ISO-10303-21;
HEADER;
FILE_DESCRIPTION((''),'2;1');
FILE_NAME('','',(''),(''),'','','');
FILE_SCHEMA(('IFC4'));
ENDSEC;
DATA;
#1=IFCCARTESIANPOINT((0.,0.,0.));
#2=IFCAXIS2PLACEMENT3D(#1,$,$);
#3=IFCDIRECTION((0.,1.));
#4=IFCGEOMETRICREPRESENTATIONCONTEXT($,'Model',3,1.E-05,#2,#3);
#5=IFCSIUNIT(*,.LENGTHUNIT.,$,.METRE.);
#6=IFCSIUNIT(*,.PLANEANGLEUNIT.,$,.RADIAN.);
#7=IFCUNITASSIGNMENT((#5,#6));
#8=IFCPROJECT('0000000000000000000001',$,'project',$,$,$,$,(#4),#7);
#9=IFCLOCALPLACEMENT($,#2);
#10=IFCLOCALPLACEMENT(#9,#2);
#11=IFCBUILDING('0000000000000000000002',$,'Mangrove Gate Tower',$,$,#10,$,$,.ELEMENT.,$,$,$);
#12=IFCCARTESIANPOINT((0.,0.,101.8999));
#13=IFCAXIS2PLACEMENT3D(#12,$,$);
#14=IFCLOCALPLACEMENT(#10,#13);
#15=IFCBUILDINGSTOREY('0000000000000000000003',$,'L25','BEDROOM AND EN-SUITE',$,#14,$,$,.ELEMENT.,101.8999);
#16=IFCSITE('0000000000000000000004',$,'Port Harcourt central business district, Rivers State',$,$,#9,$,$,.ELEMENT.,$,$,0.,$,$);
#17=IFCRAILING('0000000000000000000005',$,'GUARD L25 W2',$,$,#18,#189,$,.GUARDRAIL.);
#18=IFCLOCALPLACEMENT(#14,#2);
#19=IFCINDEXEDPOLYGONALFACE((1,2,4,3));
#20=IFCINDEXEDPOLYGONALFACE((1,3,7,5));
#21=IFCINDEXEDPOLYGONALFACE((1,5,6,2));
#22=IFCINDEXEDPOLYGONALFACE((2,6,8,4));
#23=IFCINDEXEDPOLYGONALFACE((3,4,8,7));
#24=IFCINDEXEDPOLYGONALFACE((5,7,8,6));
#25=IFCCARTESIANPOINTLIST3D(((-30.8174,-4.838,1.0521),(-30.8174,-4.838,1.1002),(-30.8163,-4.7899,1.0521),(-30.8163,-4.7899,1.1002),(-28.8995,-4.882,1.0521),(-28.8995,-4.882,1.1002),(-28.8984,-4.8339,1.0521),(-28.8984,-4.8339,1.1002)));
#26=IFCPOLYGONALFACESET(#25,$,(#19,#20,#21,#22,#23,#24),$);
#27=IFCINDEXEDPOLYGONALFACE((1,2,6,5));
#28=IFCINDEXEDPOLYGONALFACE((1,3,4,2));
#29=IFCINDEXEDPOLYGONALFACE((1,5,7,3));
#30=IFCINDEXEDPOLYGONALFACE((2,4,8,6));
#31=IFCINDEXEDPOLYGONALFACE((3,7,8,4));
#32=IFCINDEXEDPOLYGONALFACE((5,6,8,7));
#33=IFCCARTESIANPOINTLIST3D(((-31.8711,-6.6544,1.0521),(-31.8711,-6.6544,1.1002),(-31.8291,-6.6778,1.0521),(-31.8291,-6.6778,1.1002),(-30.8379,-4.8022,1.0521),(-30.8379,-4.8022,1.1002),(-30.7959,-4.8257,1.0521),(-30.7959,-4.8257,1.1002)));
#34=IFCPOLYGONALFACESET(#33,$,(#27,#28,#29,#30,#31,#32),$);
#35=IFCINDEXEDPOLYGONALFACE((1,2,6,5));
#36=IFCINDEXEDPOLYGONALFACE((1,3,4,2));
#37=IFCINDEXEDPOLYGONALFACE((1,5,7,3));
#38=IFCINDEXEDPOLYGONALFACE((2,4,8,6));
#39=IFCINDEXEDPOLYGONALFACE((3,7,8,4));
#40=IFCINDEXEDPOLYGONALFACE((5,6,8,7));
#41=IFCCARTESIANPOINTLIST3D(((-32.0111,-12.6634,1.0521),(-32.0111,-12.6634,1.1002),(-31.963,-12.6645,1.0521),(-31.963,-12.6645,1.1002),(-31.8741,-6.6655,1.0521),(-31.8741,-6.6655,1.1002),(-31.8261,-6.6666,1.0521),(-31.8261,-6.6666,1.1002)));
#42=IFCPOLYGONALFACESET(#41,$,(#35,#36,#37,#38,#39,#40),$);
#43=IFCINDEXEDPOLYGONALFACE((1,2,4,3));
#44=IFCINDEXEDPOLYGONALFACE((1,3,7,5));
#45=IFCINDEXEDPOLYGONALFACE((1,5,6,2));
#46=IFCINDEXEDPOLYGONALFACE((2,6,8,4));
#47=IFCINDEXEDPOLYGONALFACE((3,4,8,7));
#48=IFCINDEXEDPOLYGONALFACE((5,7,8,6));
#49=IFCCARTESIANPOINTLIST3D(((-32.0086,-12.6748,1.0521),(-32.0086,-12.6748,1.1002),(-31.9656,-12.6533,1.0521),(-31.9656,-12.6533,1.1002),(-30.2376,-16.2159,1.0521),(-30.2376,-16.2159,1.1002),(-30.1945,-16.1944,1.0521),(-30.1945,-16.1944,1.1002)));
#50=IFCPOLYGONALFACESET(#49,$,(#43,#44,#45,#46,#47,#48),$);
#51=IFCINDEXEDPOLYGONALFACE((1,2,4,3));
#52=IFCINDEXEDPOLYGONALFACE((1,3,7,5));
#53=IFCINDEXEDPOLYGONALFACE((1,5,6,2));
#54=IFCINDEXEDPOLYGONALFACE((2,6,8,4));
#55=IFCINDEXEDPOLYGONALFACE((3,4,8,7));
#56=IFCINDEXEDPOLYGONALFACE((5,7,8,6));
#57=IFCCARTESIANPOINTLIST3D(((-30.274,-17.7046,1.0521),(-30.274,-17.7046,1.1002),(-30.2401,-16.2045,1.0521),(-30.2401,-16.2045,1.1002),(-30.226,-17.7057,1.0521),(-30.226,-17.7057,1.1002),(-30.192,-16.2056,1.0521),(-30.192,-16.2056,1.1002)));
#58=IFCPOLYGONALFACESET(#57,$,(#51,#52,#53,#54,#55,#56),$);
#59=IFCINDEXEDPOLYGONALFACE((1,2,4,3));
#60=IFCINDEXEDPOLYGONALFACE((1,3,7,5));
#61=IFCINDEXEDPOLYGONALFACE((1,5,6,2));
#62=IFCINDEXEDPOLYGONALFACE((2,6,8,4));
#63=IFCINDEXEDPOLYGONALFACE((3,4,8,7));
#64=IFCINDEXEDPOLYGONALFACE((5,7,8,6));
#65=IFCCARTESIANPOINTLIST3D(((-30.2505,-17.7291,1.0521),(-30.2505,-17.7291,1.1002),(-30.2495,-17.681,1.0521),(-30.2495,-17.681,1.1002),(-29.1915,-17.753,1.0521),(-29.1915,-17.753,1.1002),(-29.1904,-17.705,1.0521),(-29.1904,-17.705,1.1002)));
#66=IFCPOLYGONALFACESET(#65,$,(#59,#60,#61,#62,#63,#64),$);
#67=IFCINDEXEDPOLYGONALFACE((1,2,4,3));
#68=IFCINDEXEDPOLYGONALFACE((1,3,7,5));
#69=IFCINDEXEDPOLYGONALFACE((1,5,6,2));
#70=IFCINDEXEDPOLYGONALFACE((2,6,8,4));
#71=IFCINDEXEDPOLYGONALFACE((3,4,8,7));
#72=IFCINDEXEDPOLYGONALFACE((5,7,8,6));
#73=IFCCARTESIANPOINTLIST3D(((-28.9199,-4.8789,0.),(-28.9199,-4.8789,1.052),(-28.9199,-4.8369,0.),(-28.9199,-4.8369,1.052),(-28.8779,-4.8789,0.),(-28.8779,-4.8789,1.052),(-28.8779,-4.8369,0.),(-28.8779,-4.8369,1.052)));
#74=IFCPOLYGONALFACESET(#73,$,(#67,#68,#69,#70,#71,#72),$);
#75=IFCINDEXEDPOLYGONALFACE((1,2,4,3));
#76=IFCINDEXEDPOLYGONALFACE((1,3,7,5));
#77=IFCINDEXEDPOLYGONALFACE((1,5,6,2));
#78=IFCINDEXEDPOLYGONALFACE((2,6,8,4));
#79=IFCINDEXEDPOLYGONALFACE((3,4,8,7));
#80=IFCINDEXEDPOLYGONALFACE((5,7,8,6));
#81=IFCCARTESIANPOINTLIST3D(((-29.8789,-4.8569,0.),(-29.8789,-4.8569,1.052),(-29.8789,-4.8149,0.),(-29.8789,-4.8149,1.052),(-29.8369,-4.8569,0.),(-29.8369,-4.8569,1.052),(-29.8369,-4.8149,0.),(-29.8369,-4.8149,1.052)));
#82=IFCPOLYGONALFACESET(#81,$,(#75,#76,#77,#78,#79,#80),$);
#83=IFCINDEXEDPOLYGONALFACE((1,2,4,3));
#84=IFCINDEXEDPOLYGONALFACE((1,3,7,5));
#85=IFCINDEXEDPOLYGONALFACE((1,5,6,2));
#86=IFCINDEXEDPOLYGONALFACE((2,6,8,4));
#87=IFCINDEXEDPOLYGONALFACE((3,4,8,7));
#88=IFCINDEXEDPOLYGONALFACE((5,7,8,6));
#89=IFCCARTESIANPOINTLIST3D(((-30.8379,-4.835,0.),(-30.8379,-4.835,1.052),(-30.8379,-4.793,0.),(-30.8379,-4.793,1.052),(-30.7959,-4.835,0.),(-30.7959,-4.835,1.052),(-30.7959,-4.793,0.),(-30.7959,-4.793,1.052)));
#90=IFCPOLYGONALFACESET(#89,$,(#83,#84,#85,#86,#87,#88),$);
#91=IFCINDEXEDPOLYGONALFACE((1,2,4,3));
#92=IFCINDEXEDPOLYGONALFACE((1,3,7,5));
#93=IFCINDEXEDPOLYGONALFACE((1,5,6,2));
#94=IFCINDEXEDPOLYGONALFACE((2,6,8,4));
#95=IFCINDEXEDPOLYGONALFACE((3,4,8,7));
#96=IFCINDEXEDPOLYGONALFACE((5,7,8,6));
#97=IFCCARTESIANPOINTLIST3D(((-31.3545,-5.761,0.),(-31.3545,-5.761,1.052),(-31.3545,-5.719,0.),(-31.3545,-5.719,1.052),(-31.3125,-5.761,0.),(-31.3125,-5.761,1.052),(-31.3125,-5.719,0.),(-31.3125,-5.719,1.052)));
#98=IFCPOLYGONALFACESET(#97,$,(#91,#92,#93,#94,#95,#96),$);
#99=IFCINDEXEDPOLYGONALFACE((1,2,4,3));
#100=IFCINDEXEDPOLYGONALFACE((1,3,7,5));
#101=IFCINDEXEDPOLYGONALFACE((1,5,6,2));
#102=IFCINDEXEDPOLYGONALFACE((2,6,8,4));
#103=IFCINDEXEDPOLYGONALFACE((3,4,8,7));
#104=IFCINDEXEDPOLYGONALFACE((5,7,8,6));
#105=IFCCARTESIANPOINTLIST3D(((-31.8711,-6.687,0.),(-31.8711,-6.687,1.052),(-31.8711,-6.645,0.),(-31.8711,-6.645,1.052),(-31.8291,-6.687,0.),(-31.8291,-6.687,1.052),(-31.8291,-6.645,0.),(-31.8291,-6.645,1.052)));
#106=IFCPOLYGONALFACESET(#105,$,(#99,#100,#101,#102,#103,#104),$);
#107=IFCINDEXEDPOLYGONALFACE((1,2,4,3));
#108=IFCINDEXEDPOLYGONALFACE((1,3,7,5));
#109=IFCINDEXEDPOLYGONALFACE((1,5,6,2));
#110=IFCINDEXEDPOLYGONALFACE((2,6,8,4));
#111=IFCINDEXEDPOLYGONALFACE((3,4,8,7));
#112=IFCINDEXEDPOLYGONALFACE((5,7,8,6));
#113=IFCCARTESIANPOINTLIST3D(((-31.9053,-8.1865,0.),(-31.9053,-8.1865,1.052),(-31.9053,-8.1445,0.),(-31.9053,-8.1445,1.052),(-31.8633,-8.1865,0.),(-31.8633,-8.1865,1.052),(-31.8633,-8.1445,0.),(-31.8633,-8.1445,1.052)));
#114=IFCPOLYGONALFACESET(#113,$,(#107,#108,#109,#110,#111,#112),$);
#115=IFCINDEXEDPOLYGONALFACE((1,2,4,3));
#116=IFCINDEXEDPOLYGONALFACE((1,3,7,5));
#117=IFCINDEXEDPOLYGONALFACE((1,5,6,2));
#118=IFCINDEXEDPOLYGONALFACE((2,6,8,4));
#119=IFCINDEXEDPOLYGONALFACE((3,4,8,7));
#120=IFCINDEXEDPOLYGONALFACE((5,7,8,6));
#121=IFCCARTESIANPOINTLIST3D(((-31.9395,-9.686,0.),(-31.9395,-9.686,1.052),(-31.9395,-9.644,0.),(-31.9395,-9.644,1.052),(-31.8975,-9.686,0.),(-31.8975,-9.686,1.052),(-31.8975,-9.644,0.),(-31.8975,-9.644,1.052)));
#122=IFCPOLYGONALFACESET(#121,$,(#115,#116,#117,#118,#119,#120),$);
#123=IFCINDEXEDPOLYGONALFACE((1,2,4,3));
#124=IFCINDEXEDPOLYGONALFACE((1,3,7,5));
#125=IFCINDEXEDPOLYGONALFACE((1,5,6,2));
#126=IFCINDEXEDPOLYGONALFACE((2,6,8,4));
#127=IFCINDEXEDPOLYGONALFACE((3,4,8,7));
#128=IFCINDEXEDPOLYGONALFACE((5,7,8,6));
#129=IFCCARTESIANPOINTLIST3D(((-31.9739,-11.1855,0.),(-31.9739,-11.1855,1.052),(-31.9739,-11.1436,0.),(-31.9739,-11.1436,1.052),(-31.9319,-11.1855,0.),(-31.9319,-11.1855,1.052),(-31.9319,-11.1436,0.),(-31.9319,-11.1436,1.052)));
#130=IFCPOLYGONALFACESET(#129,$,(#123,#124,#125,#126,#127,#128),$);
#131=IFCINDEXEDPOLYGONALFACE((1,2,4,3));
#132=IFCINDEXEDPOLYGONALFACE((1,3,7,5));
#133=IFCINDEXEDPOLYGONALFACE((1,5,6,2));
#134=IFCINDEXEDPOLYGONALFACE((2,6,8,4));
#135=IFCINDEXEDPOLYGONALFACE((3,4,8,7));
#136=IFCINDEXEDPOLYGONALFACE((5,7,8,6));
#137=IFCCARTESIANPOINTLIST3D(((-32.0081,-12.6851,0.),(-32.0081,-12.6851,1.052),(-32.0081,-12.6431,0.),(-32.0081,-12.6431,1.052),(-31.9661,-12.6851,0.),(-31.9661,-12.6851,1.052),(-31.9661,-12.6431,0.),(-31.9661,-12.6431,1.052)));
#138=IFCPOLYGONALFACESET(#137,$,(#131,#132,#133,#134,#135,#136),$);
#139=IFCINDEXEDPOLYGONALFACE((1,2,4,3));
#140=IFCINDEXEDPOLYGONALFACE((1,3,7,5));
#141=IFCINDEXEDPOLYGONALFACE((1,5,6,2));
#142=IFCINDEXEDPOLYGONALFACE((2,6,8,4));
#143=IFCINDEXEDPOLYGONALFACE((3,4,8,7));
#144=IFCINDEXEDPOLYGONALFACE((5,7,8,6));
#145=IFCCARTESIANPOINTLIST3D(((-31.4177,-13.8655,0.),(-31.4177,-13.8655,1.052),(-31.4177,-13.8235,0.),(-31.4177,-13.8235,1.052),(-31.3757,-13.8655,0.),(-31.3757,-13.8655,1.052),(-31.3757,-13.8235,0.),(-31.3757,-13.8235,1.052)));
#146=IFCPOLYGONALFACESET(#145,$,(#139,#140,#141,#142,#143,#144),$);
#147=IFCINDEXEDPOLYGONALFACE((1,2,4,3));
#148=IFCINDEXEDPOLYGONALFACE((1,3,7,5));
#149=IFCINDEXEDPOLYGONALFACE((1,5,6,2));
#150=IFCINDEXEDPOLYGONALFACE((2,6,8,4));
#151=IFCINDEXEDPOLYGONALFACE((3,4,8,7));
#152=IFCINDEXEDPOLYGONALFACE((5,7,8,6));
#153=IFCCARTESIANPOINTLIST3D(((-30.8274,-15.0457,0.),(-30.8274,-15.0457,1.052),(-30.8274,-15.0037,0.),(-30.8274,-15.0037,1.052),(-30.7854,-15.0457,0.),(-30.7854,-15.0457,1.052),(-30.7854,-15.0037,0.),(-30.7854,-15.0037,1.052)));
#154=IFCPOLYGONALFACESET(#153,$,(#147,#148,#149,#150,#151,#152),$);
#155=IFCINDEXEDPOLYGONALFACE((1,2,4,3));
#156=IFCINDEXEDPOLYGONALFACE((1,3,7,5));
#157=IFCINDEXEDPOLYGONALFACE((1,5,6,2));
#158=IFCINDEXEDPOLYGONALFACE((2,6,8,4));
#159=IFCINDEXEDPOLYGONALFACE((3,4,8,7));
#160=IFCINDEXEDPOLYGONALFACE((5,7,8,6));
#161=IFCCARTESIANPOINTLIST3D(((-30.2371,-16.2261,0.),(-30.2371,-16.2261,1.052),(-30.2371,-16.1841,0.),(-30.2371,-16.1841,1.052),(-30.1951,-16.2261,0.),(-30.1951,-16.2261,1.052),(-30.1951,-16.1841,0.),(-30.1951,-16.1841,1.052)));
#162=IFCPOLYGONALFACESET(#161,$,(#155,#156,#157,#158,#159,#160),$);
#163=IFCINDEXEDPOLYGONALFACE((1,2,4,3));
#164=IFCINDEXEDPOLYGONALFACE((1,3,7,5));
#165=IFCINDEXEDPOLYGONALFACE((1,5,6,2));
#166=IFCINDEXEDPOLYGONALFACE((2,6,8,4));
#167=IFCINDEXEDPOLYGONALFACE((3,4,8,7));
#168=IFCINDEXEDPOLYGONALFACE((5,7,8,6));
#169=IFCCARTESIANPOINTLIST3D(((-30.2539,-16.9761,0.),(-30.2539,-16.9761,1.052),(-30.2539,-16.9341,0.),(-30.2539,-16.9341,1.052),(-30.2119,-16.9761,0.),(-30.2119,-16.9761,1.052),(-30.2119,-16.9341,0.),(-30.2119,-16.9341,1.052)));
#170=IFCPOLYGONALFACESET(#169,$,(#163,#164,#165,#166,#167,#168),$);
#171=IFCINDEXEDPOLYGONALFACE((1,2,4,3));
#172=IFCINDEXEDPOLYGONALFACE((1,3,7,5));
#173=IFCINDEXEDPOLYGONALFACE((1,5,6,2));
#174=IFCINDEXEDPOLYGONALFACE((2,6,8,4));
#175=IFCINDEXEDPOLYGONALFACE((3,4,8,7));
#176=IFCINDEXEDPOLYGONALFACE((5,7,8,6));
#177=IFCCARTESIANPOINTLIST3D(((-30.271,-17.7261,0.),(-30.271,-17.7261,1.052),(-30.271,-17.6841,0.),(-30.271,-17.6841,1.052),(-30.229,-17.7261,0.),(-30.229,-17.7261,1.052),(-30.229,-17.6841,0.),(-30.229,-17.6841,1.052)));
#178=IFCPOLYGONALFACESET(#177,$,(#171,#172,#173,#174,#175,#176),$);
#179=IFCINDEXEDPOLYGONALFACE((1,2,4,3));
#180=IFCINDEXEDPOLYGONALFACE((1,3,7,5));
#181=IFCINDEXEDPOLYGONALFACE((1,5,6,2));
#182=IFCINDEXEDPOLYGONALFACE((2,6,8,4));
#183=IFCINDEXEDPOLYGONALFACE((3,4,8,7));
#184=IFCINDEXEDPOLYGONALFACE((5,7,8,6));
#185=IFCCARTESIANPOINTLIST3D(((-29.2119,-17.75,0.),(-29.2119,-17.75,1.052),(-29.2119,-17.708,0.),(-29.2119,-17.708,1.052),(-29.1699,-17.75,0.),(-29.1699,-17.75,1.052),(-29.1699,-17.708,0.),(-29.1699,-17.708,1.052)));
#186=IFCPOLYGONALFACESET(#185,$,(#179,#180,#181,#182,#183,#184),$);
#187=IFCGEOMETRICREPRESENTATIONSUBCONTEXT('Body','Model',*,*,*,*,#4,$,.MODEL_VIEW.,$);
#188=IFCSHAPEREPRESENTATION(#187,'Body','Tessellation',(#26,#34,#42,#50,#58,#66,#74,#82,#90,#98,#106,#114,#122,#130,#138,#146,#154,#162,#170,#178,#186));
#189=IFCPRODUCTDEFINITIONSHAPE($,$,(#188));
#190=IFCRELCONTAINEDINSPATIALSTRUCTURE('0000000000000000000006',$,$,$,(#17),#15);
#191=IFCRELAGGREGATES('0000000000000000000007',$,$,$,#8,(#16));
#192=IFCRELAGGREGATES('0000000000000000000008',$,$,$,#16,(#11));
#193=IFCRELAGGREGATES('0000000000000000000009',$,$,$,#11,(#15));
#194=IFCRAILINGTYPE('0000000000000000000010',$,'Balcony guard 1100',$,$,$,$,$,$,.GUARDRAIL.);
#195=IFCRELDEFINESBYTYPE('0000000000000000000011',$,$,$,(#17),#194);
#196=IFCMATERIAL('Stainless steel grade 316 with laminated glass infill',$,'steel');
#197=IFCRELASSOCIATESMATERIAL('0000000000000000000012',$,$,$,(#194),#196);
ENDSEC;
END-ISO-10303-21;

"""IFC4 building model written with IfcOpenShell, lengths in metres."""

from ifc_helpers import new_model, si_unit, direction, frame, origin, origin_2d, place, context, subcontext, project, spatial, rectangle, extrude, material, type_object, element, save


model = new_model("IFC4")

# Units and contexts
model_context = context("Model", 3, precision=1e-05, world=origin(), true_north=direction((0.0, 1.0)))
body_context = subcontext(model_context, "Body", "Model", "MODEL_VIEW")
ifc_project = project(units=[si_unit("LENGTHUNIT", "METRE"), si_unit("PLANEANGLEUNIT", "RADIAN")], contexts=[model_context])

# Site, building, storey
site_placement = place(None, origin())
site = spatial("IfcSite", under=ifc_project, at=site_placement, Name="Port Harcourt central business district, Rivers State", CompositionType="ELEMENT", RefElevation=0.0)
building_placement = place(site_placement, origin())
building = spatial("IfcBuilding", under=site, at=building_placement, Name="Mangrove Gate Tower", CompositionType="ELEMENT")
storey_placement = place(building_placement, frame((0.0, 0.0, 101.8999)))
storey = spatial("IfcBuildingStorey", under=building, at=storey_placement, Name="L25", Description="BEDROOM AND EN-SUITE", CompositionType="ELEMENT", Elevation=101.8999)

# Railing
ifc_material_1 = material(Name="Stainless steel grade 316 with laminated glass infill", Category="steel")
railing_type = type_object("IfcRailingType", Name="Balcony guard 1100", PredefinedType="GUARDRAIL", material=ifc_material_1)
railing_placement = place(storey_placement, frame((-28.8989, -4.8579, 0.0)))
element("IfcRailing", 1, at=railing_placement, inside=storey, type_object=railing_type, Name="GUARD L25 W2", PredefinedType="GUARDRAIL", context=body_context, shape_type="SweptSolid", body=[
    extrude(rectangle(XDim=0.0481, YDim=0.0481, at=origin_2d()), frame((0.0, 0.0, 1.0762), z_axis=(-0.999738, 0.022906, 0.0), x_axis=(-0.022906, -0.999738, 0.0)), (0.0, 0.0, 1.0), 1.9185),
    extrude(rectangle(XDim=0.0481, YDim=0.0481, at=origin_2d()), frame((-1.918, 0.0439, 1.0762), z_axis=(-0.487187, -0.873298, 0.0), x_axis=(0.873298, -0.487187, 0.0)), (0.0, 0.0, 1.0), 2.1208),
    extrude(rectangle(XDim=0.0481, YDim=0.0481, at=origin_2d()), frame((-2.9512, -1.8081, 1.0762), z_axis=(-0.022829, -0.999739, 0.0), x_axis=(0.999739, -0.022829, 0.0)), (0.0, 0.0, 1.0), 5.9995),
    extrude(rectangle(XDim=0.0481, YDim=0.0481, at=origin_2d()), frame((-3.0881, -7.8062, 1.0762), z_axis=(0.447312, -0.894378, 0.0), x_axis=(0.894378, 0.447312, 0.0)), (0.0, 0.0, 1.0), 3.9592),
    extrude(rectangle(XDim=0.0481, YDim=0.0481, at=origin_2d()), frame((-1.3171, -11.3472, 1.0762), z_axis=(-0.022618, -0.999744, 0.0), x_axis=(0.999744, -0.022618, 0.0)), (0.0, 0.0, 1.0), 1.5005),
    extrude(rectangle(XDim=0.0481, YDim=0.0481, at=origin_2d()), frame((-1.3511, -12.8472, 1.0762), z_axis=(0.999745, -0.022585, 0.0), x_axis=(0.022585, 0.999745, 0.0)), (0.0, 0.0, 1.0), 1.0593),
    extrude(rectangle(XDim=0.042, YDim=0.042, at=origin_2d()), origin(), (0.0, 0.0, 1.0), 1.052),
    extrude(rectangle(XDim=0.042, YDim=0.042, at=origin_2d()), frame((-0.959, 0.022, 0.0)), (0.0, 0.0, 1.0), 1.052),
    extrude(rectangle(XDim=0.042, YDim=0.042, at=origin_2d()), frame((-1.918, 0.0439, 0.0)), (0.0, 0.0, 1.0), 1.052),
    extrude(rectangle(XDim=0.042, YDim=0.042, at=origin_2d()), frame((-2.4346, -0.8821, 0.0)), (0.0, 0.0, 1.0), 1.052),
    extrude(rectangle(XDim=0.042, YDim=0.042, at=origin_2d()), frame((-2.9512, -1.8081, 0.0)), (0.0, 0.0, 1.0), 1.052),
    extrude(rectangle(XDim=0.042, YDim=0.042, at=origin_2d()), frame((-2.9854, -3.3076, 0.0)), (0.0, 0.0, 1.0), 1.052),
    extrude(rectangle(XDim=0.042, YDim=0.042, at=origin_2d()), frame((-3.0195, -4.8071, 0.0)), (0.0, 0.0, 1.0), 1.052),
    extrude(rectangle(XDim=0.042, YDim=0.042, at=origin_2d()), frame((-3.054, -6.3066, 0.0)), (0.0, 0.0, 1.0), 1.052),
    extrude(rectangle(XDim=0.042, YDim=0.042, at=origin_2d()), frame((-3.0881, -7.8062, 0.0)), (0.0, 0.0, 1.0), 1.052),
    extrude(rectangle(XDim=0.042, YDim=0.042, at=origin_2d()), frame((-2.4978, -8.9866, 0.0)), (0.0, 0.0, 1.0), 1.052),
    extrude(rectangle(XDim=0.042, YDim=0.042, at=origin_2d()), frame((-1.9075, -10.1667, 0.0)), (0.0, 0.0, 1.0), 1.052),
    extrude(rectangle(XDim=0.042, YDim=0.042, at=origin_2d()), frame((-1.3171, -11.3472, 0.0)), (0.0, 0.0, 1.0), 1.052),
    extrude(rectangle(XDim=0.042, YDim=0.042, at=origin_2d()), frame((-1.334, -12.0972, 0.0)), (0.0, 0.0, 1.0), 1.052),
    extrude(rectangle(XDim=0.042, YDim=0.042, at=origin_2d()), frame((-1.3511, -12.8472, 0.0)), (0.0, 0.0, 1.0), 1.052),
    extrude(rectangle(XDim=0.042, YDim=0.042, at=origin_2d()), frame((-0.292, -12.8711, 0.0)), (0.0, 0.0, 1.0), 1.052),
])

save(model, "model.ifc")
